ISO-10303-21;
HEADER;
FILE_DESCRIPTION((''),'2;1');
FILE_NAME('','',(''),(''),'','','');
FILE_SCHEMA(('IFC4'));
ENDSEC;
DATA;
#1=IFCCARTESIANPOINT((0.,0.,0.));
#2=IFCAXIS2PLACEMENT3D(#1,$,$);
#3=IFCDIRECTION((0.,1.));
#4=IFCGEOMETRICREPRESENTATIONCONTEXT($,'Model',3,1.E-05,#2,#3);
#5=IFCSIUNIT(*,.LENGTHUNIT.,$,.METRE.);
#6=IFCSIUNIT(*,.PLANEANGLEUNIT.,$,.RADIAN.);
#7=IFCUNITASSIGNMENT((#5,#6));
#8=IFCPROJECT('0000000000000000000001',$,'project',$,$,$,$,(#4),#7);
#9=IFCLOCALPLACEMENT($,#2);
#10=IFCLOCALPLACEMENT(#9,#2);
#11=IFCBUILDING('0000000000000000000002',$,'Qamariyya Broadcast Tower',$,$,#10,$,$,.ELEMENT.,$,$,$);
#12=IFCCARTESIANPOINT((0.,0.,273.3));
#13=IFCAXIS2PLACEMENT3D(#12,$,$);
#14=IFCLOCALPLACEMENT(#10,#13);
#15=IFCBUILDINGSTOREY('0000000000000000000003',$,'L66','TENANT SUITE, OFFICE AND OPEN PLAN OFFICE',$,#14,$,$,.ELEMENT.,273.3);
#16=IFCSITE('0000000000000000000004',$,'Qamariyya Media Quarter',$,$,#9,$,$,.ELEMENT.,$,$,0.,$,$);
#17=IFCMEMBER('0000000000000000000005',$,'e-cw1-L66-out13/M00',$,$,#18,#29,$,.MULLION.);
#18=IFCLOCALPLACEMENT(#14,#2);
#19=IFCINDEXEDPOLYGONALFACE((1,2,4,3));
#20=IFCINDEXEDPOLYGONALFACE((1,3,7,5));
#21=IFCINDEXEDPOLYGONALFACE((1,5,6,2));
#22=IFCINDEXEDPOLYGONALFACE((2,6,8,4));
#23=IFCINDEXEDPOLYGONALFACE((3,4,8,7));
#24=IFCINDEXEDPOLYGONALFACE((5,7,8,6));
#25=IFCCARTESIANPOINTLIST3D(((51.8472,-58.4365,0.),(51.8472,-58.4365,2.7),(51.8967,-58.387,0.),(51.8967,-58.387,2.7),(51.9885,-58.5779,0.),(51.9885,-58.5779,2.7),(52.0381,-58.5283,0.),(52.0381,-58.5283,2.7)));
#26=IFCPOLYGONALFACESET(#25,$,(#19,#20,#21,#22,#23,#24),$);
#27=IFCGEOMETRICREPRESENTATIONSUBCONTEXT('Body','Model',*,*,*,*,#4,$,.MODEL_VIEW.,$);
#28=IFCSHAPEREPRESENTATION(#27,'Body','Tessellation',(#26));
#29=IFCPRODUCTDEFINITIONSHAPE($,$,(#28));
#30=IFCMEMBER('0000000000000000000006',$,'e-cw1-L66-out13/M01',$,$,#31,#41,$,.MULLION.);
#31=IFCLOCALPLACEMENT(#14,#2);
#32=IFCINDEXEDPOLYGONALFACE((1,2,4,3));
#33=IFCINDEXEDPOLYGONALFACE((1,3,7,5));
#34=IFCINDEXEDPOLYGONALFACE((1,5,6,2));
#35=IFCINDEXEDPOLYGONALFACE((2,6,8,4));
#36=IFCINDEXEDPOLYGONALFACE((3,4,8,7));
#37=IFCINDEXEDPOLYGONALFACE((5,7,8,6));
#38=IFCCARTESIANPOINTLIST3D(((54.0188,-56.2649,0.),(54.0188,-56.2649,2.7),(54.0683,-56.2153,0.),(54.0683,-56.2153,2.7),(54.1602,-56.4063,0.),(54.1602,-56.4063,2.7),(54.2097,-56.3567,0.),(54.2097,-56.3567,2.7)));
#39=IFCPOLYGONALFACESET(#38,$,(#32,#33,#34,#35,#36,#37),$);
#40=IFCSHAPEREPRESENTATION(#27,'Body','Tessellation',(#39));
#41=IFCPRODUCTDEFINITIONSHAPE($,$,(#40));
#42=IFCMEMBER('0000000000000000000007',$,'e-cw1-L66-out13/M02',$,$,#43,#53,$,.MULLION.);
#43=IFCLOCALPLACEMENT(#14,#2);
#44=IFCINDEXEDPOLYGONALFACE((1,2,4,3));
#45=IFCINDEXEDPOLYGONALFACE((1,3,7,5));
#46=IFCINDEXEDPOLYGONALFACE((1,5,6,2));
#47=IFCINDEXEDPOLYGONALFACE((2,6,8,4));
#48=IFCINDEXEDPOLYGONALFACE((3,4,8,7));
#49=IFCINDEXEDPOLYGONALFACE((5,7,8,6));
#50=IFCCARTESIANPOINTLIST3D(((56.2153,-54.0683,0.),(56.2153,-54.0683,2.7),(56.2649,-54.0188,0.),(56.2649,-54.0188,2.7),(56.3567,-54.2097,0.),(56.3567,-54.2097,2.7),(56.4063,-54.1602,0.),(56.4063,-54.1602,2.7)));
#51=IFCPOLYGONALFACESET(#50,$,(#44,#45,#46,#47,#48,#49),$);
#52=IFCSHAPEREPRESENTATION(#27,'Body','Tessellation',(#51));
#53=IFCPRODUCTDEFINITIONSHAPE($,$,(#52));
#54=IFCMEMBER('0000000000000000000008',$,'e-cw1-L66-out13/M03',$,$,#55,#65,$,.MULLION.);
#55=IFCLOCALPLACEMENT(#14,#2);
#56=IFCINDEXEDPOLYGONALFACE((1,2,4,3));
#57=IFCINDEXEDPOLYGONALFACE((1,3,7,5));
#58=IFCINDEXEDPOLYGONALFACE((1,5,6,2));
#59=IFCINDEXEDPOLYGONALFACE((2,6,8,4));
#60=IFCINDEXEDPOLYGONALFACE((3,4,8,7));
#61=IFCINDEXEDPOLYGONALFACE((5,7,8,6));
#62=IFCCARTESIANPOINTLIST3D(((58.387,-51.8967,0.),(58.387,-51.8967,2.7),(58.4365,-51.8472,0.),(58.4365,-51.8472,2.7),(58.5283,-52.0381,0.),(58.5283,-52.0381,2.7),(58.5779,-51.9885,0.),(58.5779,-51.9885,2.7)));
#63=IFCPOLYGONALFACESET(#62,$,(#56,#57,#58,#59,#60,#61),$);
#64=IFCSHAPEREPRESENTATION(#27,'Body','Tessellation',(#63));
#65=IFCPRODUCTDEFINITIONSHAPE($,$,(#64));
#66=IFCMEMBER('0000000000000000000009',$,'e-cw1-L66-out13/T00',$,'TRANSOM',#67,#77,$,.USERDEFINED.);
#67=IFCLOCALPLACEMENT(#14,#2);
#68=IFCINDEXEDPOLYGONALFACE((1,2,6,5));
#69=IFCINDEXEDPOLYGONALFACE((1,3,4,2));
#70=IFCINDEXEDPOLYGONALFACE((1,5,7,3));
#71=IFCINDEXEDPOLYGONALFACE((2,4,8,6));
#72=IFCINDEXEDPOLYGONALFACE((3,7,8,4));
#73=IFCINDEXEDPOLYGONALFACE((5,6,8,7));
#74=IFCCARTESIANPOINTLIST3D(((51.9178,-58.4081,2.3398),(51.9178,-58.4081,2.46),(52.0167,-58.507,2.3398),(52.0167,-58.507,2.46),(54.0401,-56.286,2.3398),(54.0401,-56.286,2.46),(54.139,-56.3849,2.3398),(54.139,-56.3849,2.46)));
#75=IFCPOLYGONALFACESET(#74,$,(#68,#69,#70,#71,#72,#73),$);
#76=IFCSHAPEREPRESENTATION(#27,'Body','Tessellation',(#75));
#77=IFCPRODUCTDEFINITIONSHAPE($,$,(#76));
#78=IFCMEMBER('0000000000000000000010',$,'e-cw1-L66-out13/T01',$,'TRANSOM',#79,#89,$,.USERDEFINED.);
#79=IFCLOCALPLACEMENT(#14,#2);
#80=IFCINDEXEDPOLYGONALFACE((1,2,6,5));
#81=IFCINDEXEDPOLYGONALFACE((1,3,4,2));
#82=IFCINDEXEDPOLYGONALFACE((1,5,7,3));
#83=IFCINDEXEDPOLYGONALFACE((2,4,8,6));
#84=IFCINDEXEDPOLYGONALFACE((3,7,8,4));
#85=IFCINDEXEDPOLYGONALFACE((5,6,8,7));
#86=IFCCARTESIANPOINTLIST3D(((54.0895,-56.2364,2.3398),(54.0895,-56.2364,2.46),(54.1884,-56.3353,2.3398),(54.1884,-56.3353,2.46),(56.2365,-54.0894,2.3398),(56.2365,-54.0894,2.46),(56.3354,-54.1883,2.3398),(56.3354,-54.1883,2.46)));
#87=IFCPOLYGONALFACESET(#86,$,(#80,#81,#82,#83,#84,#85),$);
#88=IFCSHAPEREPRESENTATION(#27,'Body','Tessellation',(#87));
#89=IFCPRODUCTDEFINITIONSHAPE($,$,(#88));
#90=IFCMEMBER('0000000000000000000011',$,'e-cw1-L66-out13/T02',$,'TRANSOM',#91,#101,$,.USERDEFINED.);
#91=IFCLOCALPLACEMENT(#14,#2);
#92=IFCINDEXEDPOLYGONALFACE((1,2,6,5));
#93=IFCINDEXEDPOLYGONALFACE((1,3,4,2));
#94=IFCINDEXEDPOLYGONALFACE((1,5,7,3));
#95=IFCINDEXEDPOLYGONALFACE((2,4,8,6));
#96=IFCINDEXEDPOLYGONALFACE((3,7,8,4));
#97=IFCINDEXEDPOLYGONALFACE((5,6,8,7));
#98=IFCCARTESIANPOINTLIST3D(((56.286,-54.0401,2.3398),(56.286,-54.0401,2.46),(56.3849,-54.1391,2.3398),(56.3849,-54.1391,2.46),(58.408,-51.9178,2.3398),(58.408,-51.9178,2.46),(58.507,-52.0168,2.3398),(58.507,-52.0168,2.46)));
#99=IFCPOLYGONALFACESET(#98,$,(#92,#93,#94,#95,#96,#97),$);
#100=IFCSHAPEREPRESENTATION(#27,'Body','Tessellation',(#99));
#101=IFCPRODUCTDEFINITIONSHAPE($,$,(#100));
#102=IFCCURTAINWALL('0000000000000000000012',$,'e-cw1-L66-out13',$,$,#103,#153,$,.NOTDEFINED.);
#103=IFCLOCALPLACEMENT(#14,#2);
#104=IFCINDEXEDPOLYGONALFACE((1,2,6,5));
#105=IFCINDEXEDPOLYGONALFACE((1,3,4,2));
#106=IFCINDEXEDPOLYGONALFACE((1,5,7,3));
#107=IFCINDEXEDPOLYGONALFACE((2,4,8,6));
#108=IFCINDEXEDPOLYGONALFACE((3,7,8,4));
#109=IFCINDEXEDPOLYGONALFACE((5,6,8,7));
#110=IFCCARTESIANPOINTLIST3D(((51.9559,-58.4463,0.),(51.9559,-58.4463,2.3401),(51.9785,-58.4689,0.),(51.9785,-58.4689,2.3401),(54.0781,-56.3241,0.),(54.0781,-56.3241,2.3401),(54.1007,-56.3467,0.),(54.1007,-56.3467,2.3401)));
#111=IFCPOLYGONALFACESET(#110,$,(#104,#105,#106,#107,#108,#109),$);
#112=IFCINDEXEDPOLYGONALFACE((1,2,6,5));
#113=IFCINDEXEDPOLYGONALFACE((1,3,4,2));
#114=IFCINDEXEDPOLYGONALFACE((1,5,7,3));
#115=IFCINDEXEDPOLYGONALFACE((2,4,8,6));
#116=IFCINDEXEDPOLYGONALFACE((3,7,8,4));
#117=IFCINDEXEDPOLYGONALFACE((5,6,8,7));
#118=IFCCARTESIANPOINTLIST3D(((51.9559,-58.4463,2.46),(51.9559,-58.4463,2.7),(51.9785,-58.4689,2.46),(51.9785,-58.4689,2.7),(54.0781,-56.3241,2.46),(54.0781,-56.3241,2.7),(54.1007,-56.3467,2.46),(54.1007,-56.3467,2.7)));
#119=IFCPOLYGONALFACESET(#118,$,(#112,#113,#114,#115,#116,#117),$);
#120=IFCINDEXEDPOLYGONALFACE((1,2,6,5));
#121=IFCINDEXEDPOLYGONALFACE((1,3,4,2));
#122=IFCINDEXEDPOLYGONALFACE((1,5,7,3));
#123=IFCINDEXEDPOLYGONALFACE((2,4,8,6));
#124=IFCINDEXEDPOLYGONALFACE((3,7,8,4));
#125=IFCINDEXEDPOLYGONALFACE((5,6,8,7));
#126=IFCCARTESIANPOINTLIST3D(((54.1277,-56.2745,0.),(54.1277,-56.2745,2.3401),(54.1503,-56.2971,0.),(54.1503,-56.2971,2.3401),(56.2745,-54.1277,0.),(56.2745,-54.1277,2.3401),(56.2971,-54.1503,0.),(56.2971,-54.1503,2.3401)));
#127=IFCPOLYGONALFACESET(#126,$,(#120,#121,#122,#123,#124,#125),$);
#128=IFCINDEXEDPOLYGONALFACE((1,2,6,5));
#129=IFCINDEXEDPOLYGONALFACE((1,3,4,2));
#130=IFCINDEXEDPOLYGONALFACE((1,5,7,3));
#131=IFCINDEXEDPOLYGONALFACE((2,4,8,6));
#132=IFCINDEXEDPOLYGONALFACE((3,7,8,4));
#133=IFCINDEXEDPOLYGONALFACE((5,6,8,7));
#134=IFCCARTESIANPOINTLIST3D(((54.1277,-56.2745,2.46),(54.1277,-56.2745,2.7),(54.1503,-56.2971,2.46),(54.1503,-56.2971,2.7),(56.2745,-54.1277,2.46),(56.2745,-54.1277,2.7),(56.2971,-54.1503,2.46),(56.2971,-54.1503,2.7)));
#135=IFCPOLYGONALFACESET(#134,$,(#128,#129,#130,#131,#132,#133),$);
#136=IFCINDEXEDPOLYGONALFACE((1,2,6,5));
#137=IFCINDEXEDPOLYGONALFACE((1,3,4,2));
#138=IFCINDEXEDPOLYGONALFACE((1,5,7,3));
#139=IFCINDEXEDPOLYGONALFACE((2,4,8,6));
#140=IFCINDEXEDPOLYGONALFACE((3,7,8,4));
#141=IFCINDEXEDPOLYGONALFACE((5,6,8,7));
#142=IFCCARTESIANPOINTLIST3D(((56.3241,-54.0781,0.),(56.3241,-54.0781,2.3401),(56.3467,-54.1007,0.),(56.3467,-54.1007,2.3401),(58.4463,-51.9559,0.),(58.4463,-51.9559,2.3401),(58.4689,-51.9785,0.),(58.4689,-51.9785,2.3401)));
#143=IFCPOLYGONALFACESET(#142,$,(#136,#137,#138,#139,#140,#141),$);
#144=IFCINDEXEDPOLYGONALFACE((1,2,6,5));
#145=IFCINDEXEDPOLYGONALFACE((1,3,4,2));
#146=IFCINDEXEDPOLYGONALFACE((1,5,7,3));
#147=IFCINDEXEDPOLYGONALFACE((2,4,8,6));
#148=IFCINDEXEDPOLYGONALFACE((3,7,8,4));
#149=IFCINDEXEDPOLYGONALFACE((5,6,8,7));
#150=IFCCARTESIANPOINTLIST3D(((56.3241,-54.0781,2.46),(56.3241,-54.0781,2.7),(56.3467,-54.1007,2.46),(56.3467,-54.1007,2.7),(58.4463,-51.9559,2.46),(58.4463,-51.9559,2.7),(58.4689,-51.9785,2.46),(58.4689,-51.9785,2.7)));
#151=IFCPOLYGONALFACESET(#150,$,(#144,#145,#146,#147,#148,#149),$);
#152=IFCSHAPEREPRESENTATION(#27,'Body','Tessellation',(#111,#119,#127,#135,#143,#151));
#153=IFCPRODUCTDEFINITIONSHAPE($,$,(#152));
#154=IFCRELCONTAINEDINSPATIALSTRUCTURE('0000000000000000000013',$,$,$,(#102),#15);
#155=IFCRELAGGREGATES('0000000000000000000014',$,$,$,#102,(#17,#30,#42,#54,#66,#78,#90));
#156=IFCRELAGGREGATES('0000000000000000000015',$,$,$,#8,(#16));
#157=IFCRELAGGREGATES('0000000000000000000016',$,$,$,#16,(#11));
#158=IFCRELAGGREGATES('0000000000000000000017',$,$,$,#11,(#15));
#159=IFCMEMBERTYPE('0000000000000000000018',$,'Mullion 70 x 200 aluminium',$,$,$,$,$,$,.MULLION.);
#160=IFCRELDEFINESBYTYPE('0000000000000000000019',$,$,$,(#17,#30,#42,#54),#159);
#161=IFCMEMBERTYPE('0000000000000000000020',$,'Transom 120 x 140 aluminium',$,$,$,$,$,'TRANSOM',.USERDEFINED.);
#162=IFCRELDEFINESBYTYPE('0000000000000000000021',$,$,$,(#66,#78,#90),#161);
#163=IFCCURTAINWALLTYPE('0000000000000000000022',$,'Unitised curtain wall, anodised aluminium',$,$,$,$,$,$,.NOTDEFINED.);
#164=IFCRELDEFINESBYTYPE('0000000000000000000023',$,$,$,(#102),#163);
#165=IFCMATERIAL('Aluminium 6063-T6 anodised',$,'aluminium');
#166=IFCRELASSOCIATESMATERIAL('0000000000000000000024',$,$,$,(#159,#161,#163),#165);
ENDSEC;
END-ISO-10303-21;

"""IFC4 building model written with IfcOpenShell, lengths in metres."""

from ifc_helpers import new_model, si_unit, direction, frame, origin, origin_2d, place, context, subcontext, project, spatial, rectangle, extrude, material, material_profile, profile_set, type_object, element, aggregate, save


model = new_model("IFC4")

# Units and contexts
model_context = context("Model", 3, precision=1e-05, world=origin(), true_north=direction((0.0, 1.0)))
body_context = subcontext(model_context, "Body", "Model", "MODEL_VIEW")
ifc_project = project(units=[si_unit("LENGTHUNIT", "METRE"), si_unit("PLANEANGLEUNIT", "RADIAN")], contexts=[model_context])

# Members
ifc_material_1 = material(Name="Aluminium 6063-T6 anodised", Category="aluminium")
ifc_material_profile_1 = material_profile(ifc_material_1, rectangle(XDim=0.2, YDim=0.0701, at=origin_2d()))
ifc_profile_set_1 = profile_set([ifc_material_profile_1], Name="Aluminium 6063-T6 anodised")
member_type_1 = type_object("IfcMemberType", Name="Mullion 70 x 200 aluminium", PredefinedType="MULLION", material=ifc_profile_set_1)
site_placement = place(None, origin())
building_placement = place(site_placement, origin())
storey_placement = place(building_placement, frame((0.0, 0.0, 273.3)))
member_1_placement = place(storey_placement, frame((51.9426, -58.4824, 0.0), z_axis=(0.0, 0.0, 1.0), x_axis=(-0.707107, 0.707107, 0.0)))
member_1 = element("IfcMember", 1, at=member_1_placement, type_object=member_type_1, Name="e-cw1-L66-out13/M00", PredefinedType="MULLION", context=body_context, shape_type="SweptSolid", body=[
    extrude(rectangle(XDim=0.2, YDim=0.0701, at=origin_2d()), origin(), (0.0, 0.0, 1.0), 2.7),
])
member_2_placement = place(storey_placement, frame((54.1143, -56.3108, 0.0), z_axis=(0.0, 0.0, 1.0), x_axis=(-0.707107, 0.707107, 0.0)))
member_2 = element("IfcMember", 2, at=member_2_placement, type_object=member_type_1, Name="e-cw1-L66-out13/M01", PredefinedType="MULLION", context=body_context, shape_type="SweptSolid", body=[
    extrude(rectangle(XDim=0.2, YDim=0.0701, at=origin_2d()), origin(), (0.0, 0.0, 1.0), 2.7),
])
member_3_placement = place(storey_placement, frame((56.3108, -54.1143, 0.0), z_axis=(0.0, 0.0, 1.0), x_axis=(-0.707107, 0.707107, 0.0)))
member_3 = element("IfcMember", 3, at=member_3_placement, type_object=member_type_1, Name="e-cw1-L66-out13/M02", PredefinedType="MULLION", context=body_context, shape_type="SweptSolid", body=[
    extrude(rectangle(XDim=0.2, YDim=0.0701, at=origin_2d()), origin(), (0.0, 0.0, 1.0), 2.7),
])
member_4_placement = place(storey_placement, frame((58.4824, -51.9426, 0.0), z_axis=(0.0, 0.0, 1.0), x_axis=(-0.707107, 0.707107, 0.0)))
member_4 = element("IfcMember", 4, at=member_4_placement, type_object=member_type_1, Name="e-cw1-L66-out13/M03", PredefinedType="MULLION", context=body_context, shape_type="SweptSolid", body=[
    extrude(rectangle(XDim=0.2, YDim=0.0701, at=origin_2d()), origin(), (0.0, 0.0, 1.0), 2.7),
])
ifc_material_profile_2 = material_profile(ifc_material_1, rectangle(XDim=0.1399, YDim=0.1201, at=origin_2d()))
ifc_profile_set_2 = profile_set([ifc_material_profile_2], Name="Aluminium 6063-T6 anodised")
member_type_2 = type_object("IfcMemberType", Name="Transom 120 x 140 aluminium", ElementType="TRANSOM", PredefinedType="USERDEFINED", material=ifc_profile_set_2)
member_5_placement = place(storey_placement, frame((51.9673, -58.4575, 2.3999), z_axis=(0.707147, 0.707066, 0.0), x_axis=(-0.707066, 0.707147, 0.0)))
member_5 = element("IfcMember", 5, at=member_5_placement, type_object=member_type_2, Name="e-cw1-L66-out13/T00", ObjectType="TRANSOM", PredefinedType="USERDEFINED", context=body_context, shape_type="SweptSolid", body=[
    extrude(rectangle(XDim=0.1399, YDim=0.1201, at=origin_2d()), origin(), (0.0, 0.0, 1.0), 3.0012),
])
member_6_placement = place(storey_placement, frame((54.1389, -56.2859, 2.3999), z_axis=(0.707107, 0.707107, 0.0), x_axis=(-0.707107, 0.707107, 0.0)))
member_6 = element("IfcMember", 6, at=member_6_placement, type_object=member_type_2, Name="e-cw1-L66-out13/T01", ObjectType="TRANSOM", PredefinedType="USERDEFINED", context=body_context, shape_type="SweptSolid", body=[
    extrude(rectangle(XDim=0.1399, YDim=0.1201, at=origin_2d()), origin(), (0.0, 0.0, 1.0), 3.0364),
])
member_7_placement = place(storey_placement, frame((56.3354, -54.0896, 2.3999), z_axis=(0.707066, 0.707147, 0.0), x_axis=(-0.707147, 0.707066, 0.0)))
member_7 = element("IfcMember", 7, at=member_7_placement, type_object=member_type_2, Name="e-cw1-L66-out13/T02", ObjectType="TRANSOM", PredefinedType="USERDEFINED", context=body_context, shape_type="SweptSolid", body=[
    extrude(rectangle(XDim=0.1399, YDim=0.1201, at=origin_2d()), origin(), (0.0, 0.0, 1.0), 3.0012),
])

# Site, building, storey
site = spatial("IfcSite", under=ifc_project, at=site_placement, Name="Qamariyya Media Quarter", CompositionType="ELEMENT", RefElevation=0.0)
building = spatial("IfcBuilding", under=site, at=building_placement, Name="Qamariyya Broadcast Tower", CompositionType="ELEMENT")
storey = spatial("IfcBuildingStorey", under=building, at=storey_placement, Name="L66", Description="TENANT SUITE, OFFICE AND OPEN PLAN OFFICE", CompositionType="ELEMENT", Elevation=273.3)

# Curtain wall
curtain_wall_type = type_object("IfcCurtainWallType", Name="Unitised curtain wall, anodised aluminium", PredefinedType="NOTDEFINED", material=ifc_material_1)
curtain_wall_1_placement = place(storey_placement, origin())
curtain_wall_1 = element("IfcCurtainWall", 8, at=curtain_wall_1_placement, inside=storey, type_object=curtain_wall_type, Name="e-cw1-L66-out13", PredefinedType="NOTDEFINED", context=body_context, shape_type="SweptSolid", body=[
    extrude(rectangle(XDim=3.0012, YDim=0.032, at=origin_2d()), frame((53.0283, -57.3965, 0.0), x_axis=(0.707107, 0.707107, 0.0)), (0.0, 0.0, 1.0), 2.3401),
    extrude(rectangle(XDim=3.0012, YDim=0.032, at=origin_2d()), frame((53.0283, -57.3965, 2.46), x_axis=(0.707107, 0.707107, 0.0)), (0.0, 0.0, 1.0), 0.24),
    extrude(rectangle(XDim=3.0361, YDim=0.032, at=origin_2d()), frame((55.2124, -55.2124, 0.0), x_axis=(0.707107, 0.707107, 0.0)), (0.0, 0.0, 1.0), 2.3401),
    extrude(rectangle(XDim=3.0361, YDim=0.032, at=origin_2d()), frame((55.2124, -55.2124, 2.46), x_axis=(0.707107, 0.707107, 0.0)), (0.0, 0.0, 1.0), 0.24),
    extrude(rectangle(XDim=3.0012, YDim=0.032, at=origin_2d()), frame((57.3965, -53.0283, 0.0), x_axis=(0.707107, 0.707107, 0.0)), (0.0, 0.0, 1.0), 2.3401),
    extrude(rectangle(XDim=3.0012, YDim=0.032, at=origin_2d()), frame((57.3965, -53.0283, 2.46), x_axis=(0.707107, 0.707107, 0.0)), (0.0, 0.0, 1.0), 0.24),
])
aggregate(curtain_wall_1, [member_1, member_2, member_3, member_4, member_5, member_6, member_7])

save(model, "model.ifc")
